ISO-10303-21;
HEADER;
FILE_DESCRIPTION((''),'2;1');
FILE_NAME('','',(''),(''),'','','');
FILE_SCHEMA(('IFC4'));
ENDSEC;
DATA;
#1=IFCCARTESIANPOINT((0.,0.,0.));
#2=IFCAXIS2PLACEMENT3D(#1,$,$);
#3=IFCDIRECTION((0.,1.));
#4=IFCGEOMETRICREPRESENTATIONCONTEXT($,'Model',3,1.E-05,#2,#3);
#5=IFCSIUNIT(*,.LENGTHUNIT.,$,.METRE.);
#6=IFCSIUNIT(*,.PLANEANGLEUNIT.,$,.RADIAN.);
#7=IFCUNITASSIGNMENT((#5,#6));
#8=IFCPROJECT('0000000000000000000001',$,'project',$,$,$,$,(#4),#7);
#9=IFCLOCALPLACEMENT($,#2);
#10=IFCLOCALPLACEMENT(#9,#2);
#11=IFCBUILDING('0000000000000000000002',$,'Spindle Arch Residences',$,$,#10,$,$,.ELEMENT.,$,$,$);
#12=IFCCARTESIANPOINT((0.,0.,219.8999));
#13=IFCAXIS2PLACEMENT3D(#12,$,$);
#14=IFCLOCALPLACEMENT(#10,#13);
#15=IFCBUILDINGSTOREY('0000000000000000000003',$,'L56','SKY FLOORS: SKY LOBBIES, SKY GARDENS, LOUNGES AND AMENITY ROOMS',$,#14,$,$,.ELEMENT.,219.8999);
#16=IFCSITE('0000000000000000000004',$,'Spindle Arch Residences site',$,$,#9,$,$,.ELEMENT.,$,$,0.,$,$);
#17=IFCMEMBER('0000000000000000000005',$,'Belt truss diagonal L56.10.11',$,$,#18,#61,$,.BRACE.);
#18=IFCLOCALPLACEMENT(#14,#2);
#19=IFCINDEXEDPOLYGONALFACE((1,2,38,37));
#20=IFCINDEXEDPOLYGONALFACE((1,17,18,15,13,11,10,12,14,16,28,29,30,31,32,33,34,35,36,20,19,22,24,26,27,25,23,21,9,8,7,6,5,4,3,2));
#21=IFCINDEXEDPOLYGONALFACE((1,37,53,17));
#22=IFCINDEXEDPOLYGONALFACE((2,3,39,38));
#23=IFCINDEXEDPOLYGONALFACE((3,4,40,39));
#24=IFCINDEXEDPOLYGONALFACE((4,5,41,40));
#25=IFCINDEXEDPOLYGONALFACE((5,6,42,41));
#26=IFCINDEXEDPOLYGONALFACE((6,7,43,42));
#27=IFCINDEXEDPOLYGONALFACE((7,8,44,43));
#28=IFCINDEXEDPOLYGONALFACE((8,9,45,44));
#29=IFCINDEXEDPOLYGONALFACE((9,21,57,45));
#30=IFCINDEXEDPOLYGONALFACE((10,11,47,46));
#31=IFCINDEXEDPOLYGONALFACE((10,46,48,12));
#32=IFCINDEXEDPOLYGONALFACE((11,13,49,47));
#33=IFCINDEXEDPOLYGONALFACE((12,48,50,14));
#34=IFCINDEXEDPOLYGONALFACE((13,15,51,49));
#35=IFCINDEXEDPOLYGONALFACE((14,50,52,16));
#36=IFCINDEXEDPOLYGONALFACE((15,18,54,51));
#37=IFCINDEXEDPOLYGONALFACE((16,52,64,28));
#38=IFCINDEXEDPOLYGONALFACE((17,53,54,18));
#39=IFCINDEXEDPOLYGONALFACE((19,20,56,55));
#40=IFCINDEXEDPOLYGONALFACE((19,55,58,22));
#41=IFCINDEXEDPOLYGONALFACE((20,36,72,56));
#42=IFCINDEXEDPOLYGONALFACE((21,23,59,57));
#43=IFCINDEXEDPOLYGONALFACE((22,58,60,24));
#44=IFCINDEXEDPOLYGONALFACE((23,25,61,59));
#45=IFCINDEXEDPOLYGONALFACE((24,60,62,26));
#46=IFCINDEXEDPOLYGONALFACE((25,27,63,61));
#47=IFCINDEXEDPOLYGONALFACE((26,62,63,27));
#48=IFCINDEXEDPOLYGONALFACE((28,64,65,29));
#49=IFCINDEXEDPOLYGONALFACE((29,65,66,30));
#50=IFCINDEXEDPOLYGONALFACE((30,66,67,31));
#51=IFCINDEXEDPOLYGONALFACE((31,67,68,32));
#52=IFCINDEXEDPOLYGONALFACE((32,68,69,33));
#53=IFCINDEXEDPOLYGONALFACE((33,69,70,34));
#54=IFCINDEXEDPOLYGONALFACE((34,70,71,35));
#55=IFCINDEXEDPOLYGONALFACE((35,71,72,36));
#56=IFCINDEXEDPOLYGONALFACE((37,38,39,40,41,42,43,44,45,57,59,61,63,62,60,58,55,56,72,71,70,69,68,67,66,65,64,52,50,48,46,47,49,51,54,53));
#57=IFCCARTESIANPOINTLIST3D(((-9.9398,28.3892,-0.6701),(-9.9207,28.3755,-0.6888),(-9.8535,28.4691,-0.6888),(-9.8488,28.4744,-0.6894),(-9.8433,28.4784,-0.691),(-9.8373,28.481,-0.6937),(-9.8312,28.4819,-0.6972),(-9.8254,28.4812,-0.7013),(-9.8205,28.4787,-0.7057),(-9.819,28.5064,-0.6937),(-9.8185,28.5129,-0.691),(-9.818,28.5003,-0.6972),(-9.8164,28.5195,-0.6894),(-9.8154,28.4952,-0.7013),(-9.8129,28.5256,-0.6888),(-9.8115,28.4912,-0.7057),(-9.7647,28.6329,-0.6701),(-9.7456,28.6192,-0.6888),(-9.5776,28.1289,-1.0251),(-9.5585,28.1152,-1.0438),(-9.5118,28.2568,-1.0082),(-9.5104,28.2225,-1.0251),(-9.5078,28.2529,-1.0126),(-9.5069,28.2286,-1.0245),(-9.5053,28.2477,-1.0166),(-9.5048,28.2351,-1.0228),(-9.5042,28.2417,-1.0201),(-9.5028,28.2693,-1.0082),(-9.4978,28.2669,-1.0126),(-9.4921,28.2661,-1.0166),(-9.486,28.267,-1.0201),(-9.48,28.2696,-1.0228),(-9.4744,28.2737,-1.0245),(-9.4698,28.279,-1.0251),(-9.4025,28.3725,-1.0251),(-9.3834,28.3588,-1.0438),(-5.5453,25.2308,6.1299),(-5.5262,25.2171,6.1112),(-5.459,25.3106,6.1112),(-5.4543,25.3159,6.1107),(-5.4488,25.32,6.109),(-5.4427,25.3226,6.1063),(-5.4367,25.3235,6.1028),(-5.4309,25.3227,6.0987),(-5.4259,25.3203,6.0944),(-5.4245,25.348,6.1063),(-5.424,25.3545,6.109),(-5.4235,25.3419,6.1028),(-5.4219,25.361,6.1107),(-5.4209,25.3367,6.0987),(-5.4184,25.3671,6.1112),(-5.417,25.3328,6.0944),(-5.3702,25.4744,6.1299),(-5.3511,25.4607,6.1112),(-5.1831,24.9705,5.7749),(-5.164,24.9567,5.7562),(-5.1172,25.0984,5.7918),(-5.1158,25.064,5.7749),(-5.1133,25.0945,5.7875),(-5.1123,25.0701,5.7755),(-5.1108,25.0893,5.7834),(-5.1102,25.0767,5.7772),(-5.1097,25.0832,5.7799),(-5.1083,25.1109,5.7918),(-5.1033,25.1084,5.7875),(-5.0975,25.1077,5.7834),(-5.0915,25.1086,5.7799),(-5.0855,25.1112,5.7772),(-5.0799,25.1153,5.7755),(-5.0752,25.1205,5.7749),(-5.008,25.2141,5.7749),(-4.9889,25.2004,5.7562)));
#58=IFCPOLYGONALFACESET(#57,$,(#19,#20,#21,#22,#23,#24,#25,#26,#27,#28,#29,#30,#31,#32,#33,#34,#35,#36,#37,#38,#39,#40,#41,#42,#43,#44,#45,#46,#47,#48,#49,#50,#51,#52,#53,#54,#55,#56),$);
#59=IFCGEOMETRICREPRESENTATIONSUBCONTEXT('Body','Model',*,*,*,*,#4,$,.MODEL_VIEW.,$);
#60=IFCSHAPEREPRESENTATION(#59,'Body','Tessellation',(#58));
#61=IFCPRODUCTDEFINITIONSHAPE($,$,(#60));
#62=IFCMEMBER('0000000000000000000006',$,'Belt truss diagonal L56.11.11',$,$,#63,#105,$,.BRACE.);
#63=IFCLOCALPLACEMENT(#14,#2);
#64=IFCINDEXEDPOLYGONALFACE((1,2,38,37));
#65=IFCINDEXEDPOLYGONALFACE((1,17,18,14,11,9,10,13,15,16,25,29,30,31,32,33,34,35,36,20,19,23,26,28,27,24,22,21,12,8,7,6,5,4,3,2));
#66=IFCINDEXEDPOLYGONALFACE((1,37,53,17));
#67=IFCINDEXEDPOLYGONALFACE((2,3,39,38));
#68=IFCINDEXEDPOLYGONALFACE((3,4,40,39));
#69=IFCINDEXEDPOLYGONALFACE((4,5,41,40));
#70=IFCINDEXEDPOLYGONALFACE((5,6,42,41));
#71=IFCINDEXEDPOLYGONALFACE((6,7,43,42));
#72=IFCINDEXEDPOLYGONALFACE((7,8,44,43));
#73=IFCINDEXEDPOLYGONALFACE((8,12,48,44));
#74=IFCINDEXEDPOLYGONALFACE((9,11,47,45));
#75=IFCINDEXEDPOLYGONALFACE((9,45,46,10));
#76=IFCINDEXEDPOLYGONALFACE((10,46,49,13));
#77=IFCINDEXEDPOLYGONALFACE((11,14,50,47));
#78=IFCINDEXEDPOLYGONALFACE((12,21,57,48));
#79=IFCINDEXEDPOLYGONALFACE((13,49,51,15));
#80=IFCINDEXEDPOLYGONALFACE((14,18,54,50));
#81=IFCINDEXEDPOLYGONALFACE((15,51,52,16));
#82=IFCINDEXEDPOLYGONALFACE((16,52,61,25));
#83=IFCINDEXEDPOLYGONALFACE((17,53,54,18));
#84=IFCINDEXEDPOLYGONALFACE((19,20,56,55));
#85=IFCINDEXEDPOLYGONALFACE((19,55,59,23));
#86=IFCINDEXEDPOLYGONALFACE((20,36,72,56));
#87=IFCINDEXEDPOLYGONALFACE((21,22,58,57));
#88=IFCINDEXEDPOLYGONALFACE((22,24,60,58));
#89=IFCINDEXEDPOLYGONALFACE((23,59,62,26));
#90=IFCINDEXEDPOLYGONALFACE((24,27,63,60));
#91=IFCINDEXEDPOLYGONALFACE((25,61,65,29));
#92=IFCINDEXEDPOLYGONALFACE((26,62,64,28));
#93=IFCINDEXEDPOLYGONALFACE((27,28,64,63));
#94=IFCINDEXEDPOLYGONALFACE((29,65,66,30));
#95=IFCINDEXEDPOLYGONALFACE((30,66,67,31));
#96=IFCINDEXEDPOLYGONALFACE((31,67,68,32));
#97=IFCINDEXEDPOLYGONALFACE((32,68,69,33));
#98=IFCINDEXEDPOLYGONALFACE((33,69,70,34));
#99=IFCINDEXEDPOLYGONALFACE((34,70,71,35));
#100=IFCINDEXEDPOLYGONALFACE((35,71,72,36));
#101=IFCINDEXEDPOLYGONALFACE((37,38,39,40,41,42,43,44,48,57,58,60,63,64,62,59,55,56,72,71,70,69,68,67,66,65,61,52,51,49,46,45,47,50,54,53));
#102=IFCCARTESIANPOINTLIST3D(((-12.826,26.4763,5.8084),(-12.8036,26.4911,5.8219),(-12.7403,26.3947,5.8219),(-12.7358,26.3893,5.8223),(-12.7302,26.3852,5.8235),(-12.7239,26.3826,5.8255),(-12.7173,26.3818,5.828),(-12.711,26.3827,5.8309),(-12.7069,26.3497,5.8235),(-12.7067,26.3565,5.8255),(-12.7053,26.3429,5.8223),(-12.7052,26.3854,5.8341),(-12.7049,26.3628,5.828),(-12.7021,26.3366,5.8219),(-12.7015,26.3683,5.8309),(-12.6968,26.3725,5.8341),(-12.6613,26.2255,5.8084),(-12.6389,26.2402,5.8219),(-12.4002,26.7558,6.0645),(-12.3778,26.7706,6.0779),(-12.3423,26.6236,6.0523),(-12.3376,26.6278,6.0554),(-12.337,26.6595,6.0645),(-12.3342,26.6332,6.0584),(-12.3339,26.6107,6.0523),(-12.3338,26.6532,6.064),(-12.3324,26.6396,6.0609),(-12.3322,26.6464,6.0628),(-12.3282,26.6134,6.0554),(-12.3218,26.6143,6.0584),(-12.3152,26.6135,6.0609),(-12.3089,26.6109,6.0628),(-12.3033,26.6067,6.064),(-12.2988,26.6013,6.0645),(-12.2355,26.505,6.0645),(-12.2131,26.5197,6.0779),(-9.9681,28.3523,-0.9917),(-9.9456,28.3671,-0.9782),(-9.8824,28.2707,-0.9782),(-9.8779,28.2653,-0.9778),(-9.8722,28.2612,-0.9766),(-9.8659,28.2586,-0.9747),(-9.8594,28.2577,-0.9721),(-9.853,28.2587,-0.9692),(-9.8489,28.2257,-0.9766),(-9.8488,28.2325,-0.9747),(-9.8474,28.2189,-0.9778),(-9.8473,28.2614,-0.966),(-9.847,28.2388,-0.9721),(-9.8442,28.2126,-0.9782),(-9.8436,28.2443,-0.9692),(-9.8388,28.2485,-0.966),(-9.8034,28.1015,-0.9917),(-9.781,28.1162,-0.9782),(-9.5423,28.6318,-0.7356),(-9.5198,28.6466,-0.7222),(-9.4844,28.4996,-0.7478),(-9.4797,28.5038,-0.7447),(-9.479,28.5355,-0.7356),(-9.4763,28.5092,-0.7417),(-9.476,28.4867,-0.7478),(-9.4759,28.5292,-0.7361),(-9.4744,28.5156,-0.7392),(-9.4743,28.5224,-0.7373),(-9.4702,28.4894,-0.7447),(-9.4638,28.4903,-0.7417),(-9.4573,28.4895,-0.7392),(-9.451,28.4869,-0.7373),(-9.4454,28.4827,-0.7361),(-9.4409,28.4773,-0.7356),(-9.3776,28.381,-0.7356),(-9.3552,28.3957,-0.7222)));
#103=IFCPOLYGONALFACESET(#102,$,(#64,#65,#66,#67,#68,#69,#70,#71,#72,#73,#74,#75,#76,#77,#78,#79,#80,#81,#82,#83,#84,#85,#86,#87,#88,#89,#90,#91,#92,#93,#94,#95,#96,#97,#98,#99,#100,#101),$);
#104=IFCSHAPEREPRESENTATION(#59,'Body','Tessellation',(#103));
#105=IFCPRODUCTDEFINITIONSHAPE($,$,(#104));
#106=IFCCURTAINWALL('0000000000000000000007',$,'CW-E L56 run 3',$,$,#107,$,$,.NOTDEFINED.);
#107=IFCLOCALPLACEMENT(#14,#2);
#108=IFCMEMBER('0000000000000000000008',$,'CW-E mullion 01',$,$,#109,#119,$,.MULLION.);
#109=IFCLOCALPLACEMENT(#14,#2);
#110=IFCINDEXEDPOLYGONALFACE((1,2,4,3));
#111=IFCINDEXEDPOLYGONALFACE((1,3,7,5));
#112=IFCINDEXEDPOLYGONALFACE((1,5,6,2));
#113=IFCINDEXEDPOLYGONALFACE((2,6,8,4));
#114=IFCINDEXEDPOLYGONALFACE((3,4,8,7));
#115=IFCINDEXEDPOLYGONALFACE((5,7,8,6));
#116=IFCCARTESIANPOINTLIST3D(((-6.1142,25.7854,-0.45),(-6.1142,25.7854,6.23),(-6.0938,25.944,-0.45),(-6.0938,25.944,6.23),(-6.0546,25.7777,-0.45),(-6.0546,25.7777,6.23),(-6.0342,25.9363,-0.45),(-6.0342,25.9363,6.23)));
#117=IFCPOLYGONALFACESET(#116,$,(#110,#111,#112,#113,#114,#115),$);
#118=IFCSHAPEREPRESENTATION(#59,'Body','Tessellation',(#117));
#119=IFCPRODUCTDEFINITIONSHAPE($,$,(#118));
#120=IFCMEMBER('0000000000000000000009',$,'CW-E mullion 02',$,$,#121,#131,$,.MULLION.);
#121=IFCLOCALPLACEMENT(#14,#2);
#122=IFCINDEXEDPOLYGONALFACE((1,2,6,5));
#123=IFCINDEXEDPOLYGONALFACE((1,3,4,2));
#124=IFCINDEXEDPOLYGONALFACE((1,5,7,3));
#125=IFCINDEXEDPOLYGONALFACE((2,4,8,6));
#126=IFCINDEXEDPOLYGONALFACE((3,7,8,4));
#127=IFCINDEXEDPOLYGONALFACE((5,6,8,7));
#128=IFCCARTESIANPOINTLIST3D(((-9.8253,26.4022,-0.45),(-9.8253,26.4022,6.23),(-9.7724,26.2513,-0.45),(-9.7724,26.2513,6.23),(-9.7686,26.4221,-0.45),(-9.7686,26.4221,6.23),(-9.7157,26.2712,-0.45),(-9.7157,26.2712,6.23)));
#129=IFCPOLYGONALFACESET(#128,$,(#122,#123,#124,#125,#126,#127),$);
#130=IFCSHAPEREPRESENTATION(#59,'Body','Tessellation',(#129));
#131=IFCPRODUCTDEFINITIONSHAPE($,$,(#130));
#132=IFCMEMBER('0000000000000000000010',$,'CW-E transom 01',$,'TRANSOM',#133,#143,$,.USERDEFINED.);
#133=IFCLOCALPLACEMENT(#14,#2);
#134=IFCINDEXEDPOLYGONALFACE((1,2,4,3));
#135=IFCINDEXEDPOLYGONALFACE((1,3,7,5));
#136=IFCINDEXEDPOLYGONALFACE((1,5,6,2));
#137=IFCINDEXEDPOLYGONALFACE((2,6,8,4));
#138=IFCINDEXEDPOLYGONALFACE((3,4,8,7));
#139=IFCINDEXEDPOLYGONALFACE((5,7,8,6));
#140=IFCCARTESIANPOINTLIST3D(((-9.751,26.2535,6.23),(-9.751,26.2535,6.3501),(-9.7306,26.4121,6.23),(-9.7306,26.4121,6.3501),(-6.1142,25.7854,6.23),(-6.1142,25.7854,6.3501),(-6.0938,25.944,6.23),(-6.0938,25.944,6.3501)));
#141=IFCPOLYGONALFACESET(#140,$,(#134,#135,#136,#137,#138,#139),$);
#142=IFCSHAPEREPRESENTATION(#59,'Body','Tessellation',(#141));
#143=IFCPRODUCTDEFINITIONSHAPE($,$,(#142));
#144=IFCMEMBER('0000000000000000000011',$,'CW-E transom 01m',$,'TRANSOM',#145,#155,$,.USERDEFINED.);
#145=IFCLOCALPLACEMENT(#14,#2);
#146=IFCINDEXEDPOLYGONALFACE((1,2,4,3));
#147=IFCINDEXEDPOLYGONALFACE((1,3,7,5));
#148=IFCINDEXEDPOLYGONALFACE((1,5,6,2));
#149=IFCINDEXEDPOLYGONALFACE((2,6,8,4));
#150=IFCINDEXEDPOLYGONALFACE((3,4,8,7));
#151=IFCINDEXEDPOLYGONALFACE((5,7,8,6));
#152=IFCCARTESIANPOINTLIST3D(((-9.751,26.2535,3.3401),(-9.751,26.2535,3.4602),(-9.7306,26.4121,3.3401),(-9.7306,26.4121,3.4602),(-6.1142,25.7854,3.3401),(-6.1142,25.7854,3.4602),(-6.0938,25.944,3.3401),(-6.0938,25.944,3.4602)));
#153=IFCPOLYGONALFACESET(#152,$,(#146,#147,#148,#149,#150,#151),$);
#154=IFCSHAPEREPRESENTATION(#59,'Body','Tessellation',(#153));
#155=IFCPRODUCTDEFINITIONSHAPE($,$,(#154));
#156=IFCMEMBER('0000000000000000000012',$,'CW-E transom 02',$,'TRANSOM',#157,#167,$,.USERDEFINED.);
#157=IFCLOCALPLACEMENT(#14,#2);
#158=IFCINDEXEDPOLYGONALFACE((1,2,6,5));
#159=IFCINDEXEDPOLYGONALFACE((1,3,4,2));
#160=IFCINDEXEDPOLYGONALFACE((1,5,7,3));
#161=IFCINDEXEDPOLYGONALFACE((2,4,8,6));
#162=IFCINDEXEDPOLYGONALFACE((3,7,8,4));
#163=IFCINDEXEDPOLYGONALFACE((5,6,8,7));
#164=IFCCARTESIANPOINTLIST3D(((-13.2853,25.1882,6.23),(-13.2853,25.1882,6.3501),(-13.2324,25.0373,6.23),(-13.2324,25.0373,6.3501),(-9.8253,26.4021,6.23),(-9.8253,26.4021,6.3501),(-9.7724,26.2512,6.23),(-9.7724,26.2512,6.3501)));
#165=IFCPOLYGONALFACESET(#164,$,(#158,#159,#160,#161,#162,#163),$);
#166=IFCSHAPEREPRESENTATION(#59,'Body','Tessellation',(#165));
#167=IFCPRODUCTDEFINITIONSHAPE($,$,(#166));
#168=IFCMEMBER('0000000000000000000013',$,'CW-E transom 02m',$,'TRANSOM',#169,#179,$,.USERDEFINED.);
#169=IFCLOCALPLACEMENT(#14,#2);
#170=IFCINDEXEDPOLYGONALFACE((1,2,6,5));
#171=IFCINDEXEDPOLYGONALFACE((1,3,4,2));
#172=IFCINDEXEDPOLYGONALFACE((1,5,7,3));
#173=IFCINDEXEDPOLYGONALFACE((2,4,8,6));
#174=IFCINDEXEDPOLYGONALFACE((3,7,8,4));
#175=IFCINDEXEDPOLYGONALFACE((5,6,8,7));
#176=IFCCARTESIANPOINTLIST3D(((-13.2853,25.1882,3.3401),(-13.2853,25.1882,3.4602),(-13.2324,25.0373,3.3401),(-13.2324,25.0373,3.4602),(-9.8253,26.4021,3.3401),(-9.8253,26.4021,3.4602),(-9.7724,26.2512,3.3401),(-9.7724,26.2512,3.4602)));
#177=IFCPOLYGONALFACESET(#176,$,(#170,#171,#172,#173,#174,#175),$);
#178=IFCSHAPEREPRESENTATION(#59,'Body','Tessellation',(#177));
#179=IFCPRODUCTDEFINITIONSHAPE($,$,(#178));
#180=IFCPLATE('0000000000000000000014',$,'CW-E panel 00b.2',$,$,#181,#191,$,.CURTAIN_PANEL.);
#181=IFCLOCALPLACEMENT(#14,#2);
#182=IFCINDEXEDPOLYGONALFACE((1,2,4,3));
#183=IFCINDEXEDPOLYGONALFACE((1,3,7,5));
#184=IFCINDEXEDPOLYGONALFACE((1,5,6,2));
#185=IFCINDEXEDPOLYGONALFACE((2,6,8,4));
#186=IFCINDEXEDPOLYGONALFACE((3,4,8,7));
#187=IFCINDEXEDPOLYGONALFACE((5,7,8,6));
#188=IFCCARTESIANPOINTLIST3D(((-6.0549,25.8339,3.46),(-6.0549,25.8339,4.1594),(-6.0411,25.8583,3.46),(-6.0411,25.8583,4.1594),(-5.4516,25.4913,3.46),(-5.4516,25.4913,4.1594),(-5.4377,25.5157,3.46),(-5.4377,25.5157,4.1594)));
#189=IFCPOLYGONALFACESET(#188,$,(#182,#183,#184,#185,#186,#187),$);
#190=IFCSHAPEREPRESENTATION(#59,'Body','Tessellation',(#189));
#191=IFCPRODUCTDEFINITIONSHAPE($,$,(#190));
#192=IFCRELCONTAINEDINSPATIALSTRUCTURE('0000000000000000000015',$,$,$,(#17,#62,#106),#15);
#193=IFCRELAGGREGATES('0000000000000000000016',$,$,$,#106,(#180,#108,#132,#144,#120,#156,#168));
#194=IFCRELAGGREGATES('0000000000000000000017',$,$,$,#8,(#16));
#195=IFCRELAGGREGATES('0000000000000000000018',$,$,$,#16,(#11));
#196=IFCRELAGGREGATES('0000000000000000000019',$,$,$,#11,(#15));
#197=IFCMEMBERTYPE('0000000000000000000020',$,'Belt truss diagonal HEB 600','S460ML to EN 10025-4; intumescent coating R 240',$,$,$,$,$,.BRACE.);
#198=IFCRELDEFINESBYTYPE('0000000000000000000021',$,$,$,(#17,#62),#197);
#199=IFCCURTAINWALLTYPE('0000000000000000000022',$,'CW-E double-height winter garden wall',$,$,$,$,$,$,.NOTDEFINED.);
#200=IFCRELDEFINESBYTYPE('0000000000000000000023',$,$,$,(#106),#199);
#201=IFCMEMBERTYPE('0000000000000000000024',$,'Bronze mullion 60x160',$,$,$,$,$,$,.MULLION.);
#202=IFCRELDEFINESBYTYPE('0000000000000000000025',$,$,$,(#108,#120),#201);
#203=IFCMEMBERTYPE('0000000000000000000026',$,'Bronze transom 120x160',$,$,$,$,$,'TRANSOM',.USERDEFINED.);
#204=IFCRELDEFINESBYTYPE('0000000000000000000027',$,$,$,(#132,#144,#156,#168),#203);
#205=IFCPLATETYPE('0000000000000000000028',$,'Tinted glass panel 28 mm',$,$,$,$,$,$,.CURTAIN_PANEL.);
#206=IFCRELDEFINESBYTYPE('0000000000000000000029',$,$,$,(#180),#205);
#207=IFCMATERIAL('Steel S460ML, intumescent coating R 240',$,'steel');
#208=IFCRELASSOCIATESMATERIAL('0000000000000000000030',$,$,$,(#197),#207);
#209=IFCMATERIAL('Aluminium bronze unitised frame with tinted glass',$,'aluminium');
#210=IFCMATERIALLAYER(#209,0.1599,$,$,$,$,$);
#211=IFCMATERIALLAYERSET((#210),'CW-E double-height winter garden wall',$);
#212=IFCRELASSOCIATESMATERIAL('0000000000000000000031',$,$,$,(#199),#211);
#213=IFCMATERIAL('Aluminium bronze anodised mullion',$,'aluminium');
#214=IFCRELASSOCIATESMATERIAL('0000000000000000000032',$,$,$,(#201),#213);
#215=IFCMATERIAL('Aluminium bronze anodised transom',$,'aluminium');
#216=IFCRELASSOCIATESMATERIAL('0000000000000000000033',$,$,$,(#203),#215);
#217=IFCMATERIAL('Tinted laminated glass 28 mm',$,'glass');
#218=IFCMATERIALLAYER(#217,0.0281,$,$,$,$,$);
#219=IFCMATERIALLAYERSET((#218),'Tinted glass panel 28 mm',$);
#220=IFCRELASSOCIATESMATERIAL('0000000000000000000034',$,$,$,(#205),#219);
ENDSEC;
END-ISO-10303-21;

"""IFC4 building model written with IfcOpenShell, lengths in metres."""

from ifc_helpers import new_model, si_unit, direction, frame, origin, origin_2d, place, context, subcontext, project, spatial, rectangle, i_section, extrude, material, layer, layer_set, material_profile, profile_set, type_object, element, aggregate, save


model = new_model("IFC4")

# Units and contexts
model_context = context("Model", 3, precision=1e-05, world=origin(), true_north=direction((0.0, 1.0)))
body_context = subcontext(model_context, "Body", "Model", "MODEL_VIEW")
ifc_project = project(units=[si_unit("LENGTHUNIT", "METRE"), si_unit("PLANEANGLEUNIT", "RADIAN")], contexts=[model_context])

# Site, building, storey
site_placement = place(None, origin())
site = spatial("IfcSite", under=ifc_project, at=site_placement, Name="Spindle Arch Residences site", CompositionType="ELEMENT", RefElevation=0.0)
building_placement = place(site_placement, origin())
building = spatial("IfcBuilding", under=site, at=building_placement, Name="Spindle Arch Residences", CompositionType="ELEMENT")
storey_placement = place(building_placement, frame((0.0, 0.0, 219.8999)))
storey = spatial("IfcBuildingStorey", under=building, at=storey_placement, Name="L56", Description="SKY FLOORS: SKY LOBBIES, SKY GARDENS, LOUNGES AND AMENITY ROOMS", CompositionType="ELEMENT", Elevation=219.8999)

# Members
ifc_material_1 = material(Name="Steel S460ML, intumescent coating R 240", Category="steel")
ifc_material_profile_1 = material_profile(ifc_material_1, i_section(OverallWidth=0.3, OverallDepth=0.6001, WebThickness=0.0154, FlangeThickness=0.03, FilletRadius=0.0271, at=origin_2d()), Name="HEB 600")
ifc_profile_set_1 = profile_set([ifc_material_profile_1], Name="Steel S460ML, intumescent coating R 240")
member_type_1 = type_object("IfcMemberType", Name="Belt truss diagonal HEB 600", Description="S460ML to EN 10025-4; intumescent coating R 240", PredefinedType="BRACE", material=ifc_profile_set_1)
member_1_placement = place(storey_placement, frame((-9.6616, 28.374, -0.8569), z_axis=(0.505659, -0.363428, 0.782451), x_axis=(0.583621, 0.812026, 0.0)))
element("IfcMember", 1, at=member_1_placement, inside=storey, type_object=member_type_1, Name="Belt truss diagonal L56.10.11", PredefinedType="BRACE", context=body_context, shape_type="SweptSolid", body=[
    extrude(i_section(OverallWidth=0.3, OverallDepth=0.6001, WebThickness=0.0154, FlangeThickness=0.03, FilletRadius=0.0271, at=origin_2d()), origin(), (0.0, 0.0, 1.0), 8.6907),
])
member_2_placement = place(storey_placement, frame((-9.6616, 28.374, -0.8569), z_axis=(-0.375496, -0.246482, 0.893448), x_axis=(0.548753, -0.835984, 0.0)))
element("IfcMember", 2, at=member_2_placement, inside=storey, type_object=member_type_1, Name="Belt truss diagonal L56.11.11", PredefinedType="BRACE", context=body_context, shape_type="SweptSolid", body=[
    extrude(i_section(OverallWidth=0.3, OverallDepth=0.6001, WebThickness=0.0154, FlangeThickness=0.03, FilletRadius=0.0271, at=origin_2d()), origin(), (0.0, 0.0, 1.0), 7.6111),
])

# Curtain wall, members, plate
ifc_material_2 = material(Name="Aluminium bronze unitised frame with tinted glass", Category="aluminium")
ifc_layer_1 = layer(ifc_material_2, 0.1599)
ifc_layer_set_1 = layer_set([ifc_layer_1], Name="CW-E double-height winter garden wall")
curtain_wall_type = type_object("IfcCurtainWallType", Name="CW-E double-height winter garden wall", PredefinedType="NOTDEFINED", material=ifc_layer_set_1)
curtain_wall_placement = place(storey_placement, origin())
curtain_wall = element("IfcCurtainWall", 3, at=curtain_wall_placement, inside=storey, type_object=curtain_wall_type, Name="CW-E L56 run 3", PredefinedType="NOTDEFINED")
ifc_material_3 = material(Name="Aluminium bronze anodised mullion", Category="aluminium")
ifc_material_profile_2 = material_profile(ifc_material_3, rectangle(XDim=0.1599, YDim=0.0601, at=origin_2d()), Name="MU 60x160")
ifc_profile_set_2 = profile_set([ifc_material_profile_2], Name="Aluminium bronze anodised mullion")
member_type_2 = type_object("IfcMemberType", Name="Bronze mullion 60x160", PredefinedType="MULLION", material=ifc_profile_set_2)
member_3_placement = place(storey_placement, frame((-6.0742, 25.8608, -0.45), z_axis=(0.0, 0.0, 1.0), x_axis=(-0.127642, -0.99182, 0.0)))
member_3 = element("IfcMember", 4, at=member_3_placement, type_object=member_type_2, Name="CW-E mullion 01", PredefinedType="MULLION", context=body_context, shape_type="SweptSolid", body=[
    extrude(rectangle(XDim=0.1599, YDim=0.0601, at=origin_2d()), origin(), (0.0, 0.0, 1.0), 6.6799),
])
member_4_placement = place(storey_placement, frame((-9.7705, 26.3367, -0.45), z_axis=(0.0, 0.0, 1.0), x_axis=(0.331063, -0.943609, 0.0)))
member_4 = element("IfcMember", 5, at=member_4_placement, type_object=member_type_2, Name="CW-E mullion 02", PredefinedType="MULLION", context=body_context, shape_type="SweptSolid", body=[
    extrude(rectangle(XDim=0.1599, YDim=0.0601, at=origin_2d()), origin(), (0.0, 0.0, 1.0), 6.6799),
])
ifc_material_4 = material(Name="Aluminium bronze anodised transom", Category="aluminium")
ifc_material_profile_3 = material_profile(ifc_material_4, rectangle(XDim=0.1599, YDim=0.1201, at=origin_2d()), Name="TR 120x160")
ifc_profile_set_3 = profile_set([ifc_material_profile_3], Name="Aluminium bronze anodised transom")
member_type_3 = type_object("IfcMemberType", Name="Bronze transom 120x160", ElementType="TRANSOM", PredefinedType="USERDEFINED", material=ifc_profile_set_3)
member_5_placement = place(storey_placement, frame((-6.104, 25.8647, 6.29), z_axis=(-0.991821, 0.12764, 0.0), x_axis=(-0.12764, -0.991821, 0.0)))
member_5 = element("IfcMember", 6, at=member_5_placement, type_object=member_type_3, Name="CW-E transom 01", ObjectType="TRANSOM", PredefinedType="USERDEFINED", context=body_context, shape_type="SweptSolid", body=[
    extrude(rectangle(XDim=0.1599, YDim=0.1201, at=origin_2d()), origin(), (0.0, 0.0, 1.0), 3.6667),
])
member_6_placement = place(storey_placement, frame((-6.104, 25.8647, 3.4001), z_axis=(-0.991821, 0.12764, 0.0), x_axis=(-0.12764, -0.991821, 0.0)))
member_6 = element("IfcMember", 7, at=member_6_placement, type_object=member_type_3, Name="CW-E transom 01m", ObjectType="TRANSOM", PredefinedType="USERDEFINED", context=body_context, shape_type="SweptSolid", body=[
    extrude(rectangle(XDim=0.1599, YDim=0.1201, at=origin_2d()), origin(), (0.0, 0.0, 1.0), 3.6667),
])
member_7_placement = place(storey_placement, frame((-9.7988, 26.3267, 6.29), z_axis=(-0.943613, -0.33105, 0.0), x_axis=(0.33105, -0.943613, 0.0)))
member_7 = element("IfcMember", 8, at=member_7_placement, type_object=member_type_3, Name="CW-E transom 02", ObjectType="TRANSOM", PredefinedType="USERDEFINED", context=body_context, shape_type="SweptSolid", body=[
    extrude(rectangle(XDim=0.1599, YDim=0.1201, at=origin_2d()), origin(), (0.0, 0.0, 1.0), 3.6667),
])
member_8_placement = place(storey_placement, frame((-9.7988, 26.3267, 3.4001), z_axis=(-0.943613, -0.33105, 0.0), x_axis=(0.33105, -0.943613, 0.0)))
member_8 = element("IfcMember", 9, at=member_8_placement, type_object=member_type_3, Name="CW-E transom 02m", ObjectType="TRANSOM", PredefinedType="USERDEFINED", context=body_context, shape_type="SweptSolid", body=[
    extrude(rectangle(XDim=0.1599, YDim=0.1201, at=origin_2d()), origin(), (0.0, 0.0, 1.0), 3.6667),
])
ifc_material_5 = material(Name="Tinted laminated glass 28 mm", Category="glass")
ifc_layer_2 = layer(ifc_material_5, 0.0281)
ifc_layer_set_2 = layer_set([ifc_layer_2], Name="Tinted glass panel 28 mm")
plate_type_1 = type_object("IfcPlateType", Name="Tinted glass panel 28 mm", PredefinedType="CURTAIN_PANEL", material=ifc_layer_set_2)
plate_1_placement = place(storey_placement, frame((-5.7463, 25.6748, 3.46), z_axis=(0.0, 0.0, 1.0), x_axis=(-0.869539, 0.493865, 0.0)))
plate_1 = element("IfcPlate", 10, at=plate_1_placement, type_object=plate_type_1, Name="CW-E panel 00b.2", PredefinedType="CURTAIN_PANEL", context=body_context, shape_type="SweptSolid", body=[
    extrude(rectangle(XDim=0.6938, YDim=0.0281, at=origin_2d()), origin(), (0.0, 0.0, 1.0), 0.6995),
])
aggregate(curtain_wall, [plate_1, member_3, member_5, member_6, member_4, member_7, member_8])

save(model, "model.ifc")
